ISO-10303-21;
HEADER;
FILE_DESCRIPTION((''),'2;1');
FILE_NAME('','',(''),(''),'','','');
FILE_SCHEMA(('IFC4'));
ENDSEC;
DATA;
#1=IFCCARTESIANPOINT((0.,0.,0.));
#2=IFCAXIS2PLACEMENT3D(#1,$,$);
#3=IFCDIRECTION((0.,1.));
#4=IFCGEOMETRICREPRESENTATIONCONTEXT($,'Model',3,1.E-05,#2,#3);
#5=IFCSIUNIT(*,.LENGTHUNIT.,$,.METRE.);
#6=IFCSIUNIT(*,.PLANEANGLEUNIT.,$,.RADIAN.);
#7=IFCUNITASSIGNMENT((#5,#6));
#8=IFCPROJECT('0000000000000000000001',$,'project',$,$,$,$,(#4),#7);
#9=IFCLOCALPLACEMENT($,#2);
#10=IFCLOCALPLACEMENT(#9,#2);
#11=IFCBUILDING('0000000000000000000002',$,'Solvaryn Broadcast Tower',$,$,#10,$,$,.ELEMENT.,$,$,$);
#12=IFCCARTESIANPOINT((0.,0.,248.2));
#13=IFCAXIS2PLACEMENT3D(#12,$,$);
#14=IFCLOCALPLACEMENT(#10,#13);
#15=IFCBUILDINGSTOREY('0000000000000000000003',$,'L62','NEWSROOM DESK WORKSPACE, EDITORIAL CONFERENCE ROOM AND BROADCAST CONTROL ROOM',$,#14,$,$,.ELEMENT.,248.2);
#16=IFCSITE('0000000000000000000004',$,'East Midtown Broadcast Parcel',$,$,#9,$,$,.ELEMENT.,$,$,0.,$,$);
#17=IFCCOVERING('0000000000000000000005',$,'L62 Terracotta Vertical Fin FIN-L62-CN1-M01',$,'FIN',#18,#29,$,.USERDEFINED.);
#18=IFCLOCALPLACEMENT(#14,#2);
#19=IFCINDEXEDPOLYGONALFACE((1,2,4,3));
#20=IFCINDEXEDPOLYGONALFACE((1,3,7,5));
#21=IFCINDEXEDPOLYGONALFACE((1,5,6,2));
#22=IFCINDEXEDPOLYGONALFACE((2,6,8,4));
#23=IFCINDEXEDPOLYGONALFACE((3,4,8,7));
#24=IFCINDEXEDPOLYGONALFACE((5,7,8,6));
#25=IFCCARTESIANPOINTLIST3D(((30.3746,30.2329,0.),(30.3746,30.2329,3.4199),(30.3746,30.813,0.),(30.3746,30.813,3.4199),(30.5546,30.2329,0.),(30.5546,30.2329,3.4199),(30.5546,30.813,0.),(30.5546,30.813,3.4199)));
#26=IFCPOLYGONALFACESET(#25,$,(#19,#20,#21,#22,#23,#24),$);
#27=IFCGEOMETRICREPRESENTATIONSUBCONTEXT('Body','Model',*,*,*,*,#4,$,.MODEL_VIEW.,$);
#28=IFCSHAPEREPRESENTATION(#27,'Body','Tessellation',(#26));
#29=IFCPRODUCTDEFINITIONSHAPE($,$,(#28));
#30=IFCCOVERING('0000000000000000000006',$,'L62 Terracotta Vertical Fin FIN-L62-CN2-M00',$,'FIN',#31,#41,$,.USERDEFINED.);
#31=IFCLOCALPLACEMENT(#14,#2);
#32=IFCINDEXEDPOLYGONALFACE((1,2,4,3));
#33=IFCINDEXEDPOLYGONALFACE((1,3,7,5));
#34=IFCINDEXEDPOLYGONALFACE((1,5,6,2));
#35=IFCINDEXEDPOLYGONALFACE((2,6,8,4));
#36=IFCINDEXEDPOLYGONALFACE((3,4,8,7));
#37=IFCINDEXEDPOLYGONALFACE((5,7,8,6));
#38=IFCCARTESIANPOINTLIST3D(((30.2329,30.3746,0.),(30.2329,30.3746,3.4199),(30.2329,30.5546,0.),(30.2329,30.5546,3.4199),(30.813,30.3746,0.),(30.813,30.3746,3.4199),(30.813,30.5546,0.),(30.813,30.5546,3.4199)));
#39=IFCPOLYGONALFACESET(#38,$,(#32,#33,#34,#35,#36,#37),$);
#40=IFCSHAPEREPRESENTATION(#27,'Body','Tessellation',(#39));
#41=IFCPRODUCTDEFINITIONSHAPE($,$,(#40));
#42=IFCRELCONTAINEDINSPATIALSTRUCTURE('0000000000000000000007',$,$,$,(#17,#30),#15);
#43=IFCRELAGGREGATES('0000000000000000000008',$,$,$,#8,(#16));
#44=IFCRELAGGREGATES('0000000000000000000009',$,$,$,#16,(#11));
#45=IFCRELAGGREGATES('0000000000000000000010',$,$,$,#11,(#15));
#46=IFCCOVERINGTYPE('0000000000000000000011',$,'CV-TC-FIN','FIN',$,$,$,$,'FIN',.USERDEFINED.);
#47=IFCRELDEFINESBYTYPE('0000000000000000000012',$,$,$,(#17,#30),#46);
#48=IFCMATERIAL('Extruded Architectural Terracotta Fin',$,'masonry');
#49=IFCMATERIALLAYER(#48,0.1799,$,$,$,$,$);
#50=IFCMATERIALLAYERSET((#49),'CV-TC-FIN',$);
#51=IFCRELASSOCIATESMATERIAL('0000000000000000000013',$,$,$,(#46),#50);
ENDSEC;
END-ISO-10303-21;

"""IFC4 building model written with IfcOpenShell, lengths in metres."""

from ifc_helpers import new_model, si_unit, direction, frame, origin, origin_2d, place, context, subcontext, project, spatial, rectangle, extrude, material, layer, layer_set, type_object, element, save


model = new_model("IFC4")

# Units and contexts
model_context = context("Model", 3, precision=1e-05, world=origin(), true_north=direction((0.0, 1.0)))
body_context = subcontext(model_context, "Body", "Model", "MODEL_VIEW")
ifc_project = project(units=[si_unit("LENGTHUNIT", "METRE"), si_unit("PLANEANGLEUNIT", "RADIAN")], contexts=[model_context])

# Site, building, storey
site_placement = place(None, origin())
site = spatial("IfcSite", under=ifc_project, at=site_placement, Name="East Midtown Broadcast Parcel", CompositionType="ELEMENT", RefElevation=0.0)
building_placement = place(site_placement, origin())
building = spatial("IfcBuilding", under=site, at=building_placement, Name="Solvaryn Broadcast Tower", CompositionType="ELEMENT")
storey_placement = place(building_placement, frame((0.0, 0.0, 248.2)))
storey = spatial("IfcBuildingStorey", under=building, at=storey_placement, Name="L62", Description="NEWSROOM DESK WORKSPACE, EDITORIAL CONFERENCE ROOM AND BROADCAST CONTROL ROOM", CompositionType="ELEMENT", Elevation=248.2)

# Coverings
ifc_material_1 = material(Name="Extruded Architectural Terracotta Fin", Category="masonry")
ifc_layer_1 = layer(ifc_material_1, 0.1799)
ifc_layer_set_1 = layer_set([ifc_layer_1], Name="CV-TC-FIN")
covering_type_1 = type_object("IfcCoveringType", Name="CV-TC-FIN", Description="FIN", ElementType="FIN", PredefinedType="USERDEFINED", material=ifc_layer_set_1)
covering_1_placement = place(storey_placement, frame((30.4646, 30.5229, 0.0), z_axis=(0.0, 0.0, 1.0), x_axis=(1.0, 0.0, 0.0)))
element("IfcCovering", 1, at=covering_1_placement, inside=storey, type_object=covering_type_1, Name="L62 Terracotta Vertical Fin FIN-L62-CN1-M01", ObjectType="FIN", PredefinedType="USERDEFINED", context=body_context, shape_type="SweptSolid", body=[
    extrude(rectangle(XDim=0.1799, YDim=0.5801, at=origin_2d()), origin(), (0.0, 0.0, 1.0), 3.4199),
])
covering_2_placement = place(storey_placement, frame((30.5229, 30.4646, 0.0), z_axis=(0.0, 0.0, 1.0), x_axis=(1.0, 0.0, 0.0)))
element("IfcCovering", 2, at=covering_2_placement, inside=storey, type_object=covering_type_1, Name="L62 Terracotta Vertical Fin FIN-L62-CN2-M00", ObjectType="FIN", PredefinedType="USERDEFINED", context=body_context, shape_type="SweptSolid", body=[
    extrude(rectangle(XDim=0.5801, YDim=0.1799, at=origin_2d()), origin(), (0.0, 0.0, 1.0), 3.4199),
])

save(model, "model.ifc")
